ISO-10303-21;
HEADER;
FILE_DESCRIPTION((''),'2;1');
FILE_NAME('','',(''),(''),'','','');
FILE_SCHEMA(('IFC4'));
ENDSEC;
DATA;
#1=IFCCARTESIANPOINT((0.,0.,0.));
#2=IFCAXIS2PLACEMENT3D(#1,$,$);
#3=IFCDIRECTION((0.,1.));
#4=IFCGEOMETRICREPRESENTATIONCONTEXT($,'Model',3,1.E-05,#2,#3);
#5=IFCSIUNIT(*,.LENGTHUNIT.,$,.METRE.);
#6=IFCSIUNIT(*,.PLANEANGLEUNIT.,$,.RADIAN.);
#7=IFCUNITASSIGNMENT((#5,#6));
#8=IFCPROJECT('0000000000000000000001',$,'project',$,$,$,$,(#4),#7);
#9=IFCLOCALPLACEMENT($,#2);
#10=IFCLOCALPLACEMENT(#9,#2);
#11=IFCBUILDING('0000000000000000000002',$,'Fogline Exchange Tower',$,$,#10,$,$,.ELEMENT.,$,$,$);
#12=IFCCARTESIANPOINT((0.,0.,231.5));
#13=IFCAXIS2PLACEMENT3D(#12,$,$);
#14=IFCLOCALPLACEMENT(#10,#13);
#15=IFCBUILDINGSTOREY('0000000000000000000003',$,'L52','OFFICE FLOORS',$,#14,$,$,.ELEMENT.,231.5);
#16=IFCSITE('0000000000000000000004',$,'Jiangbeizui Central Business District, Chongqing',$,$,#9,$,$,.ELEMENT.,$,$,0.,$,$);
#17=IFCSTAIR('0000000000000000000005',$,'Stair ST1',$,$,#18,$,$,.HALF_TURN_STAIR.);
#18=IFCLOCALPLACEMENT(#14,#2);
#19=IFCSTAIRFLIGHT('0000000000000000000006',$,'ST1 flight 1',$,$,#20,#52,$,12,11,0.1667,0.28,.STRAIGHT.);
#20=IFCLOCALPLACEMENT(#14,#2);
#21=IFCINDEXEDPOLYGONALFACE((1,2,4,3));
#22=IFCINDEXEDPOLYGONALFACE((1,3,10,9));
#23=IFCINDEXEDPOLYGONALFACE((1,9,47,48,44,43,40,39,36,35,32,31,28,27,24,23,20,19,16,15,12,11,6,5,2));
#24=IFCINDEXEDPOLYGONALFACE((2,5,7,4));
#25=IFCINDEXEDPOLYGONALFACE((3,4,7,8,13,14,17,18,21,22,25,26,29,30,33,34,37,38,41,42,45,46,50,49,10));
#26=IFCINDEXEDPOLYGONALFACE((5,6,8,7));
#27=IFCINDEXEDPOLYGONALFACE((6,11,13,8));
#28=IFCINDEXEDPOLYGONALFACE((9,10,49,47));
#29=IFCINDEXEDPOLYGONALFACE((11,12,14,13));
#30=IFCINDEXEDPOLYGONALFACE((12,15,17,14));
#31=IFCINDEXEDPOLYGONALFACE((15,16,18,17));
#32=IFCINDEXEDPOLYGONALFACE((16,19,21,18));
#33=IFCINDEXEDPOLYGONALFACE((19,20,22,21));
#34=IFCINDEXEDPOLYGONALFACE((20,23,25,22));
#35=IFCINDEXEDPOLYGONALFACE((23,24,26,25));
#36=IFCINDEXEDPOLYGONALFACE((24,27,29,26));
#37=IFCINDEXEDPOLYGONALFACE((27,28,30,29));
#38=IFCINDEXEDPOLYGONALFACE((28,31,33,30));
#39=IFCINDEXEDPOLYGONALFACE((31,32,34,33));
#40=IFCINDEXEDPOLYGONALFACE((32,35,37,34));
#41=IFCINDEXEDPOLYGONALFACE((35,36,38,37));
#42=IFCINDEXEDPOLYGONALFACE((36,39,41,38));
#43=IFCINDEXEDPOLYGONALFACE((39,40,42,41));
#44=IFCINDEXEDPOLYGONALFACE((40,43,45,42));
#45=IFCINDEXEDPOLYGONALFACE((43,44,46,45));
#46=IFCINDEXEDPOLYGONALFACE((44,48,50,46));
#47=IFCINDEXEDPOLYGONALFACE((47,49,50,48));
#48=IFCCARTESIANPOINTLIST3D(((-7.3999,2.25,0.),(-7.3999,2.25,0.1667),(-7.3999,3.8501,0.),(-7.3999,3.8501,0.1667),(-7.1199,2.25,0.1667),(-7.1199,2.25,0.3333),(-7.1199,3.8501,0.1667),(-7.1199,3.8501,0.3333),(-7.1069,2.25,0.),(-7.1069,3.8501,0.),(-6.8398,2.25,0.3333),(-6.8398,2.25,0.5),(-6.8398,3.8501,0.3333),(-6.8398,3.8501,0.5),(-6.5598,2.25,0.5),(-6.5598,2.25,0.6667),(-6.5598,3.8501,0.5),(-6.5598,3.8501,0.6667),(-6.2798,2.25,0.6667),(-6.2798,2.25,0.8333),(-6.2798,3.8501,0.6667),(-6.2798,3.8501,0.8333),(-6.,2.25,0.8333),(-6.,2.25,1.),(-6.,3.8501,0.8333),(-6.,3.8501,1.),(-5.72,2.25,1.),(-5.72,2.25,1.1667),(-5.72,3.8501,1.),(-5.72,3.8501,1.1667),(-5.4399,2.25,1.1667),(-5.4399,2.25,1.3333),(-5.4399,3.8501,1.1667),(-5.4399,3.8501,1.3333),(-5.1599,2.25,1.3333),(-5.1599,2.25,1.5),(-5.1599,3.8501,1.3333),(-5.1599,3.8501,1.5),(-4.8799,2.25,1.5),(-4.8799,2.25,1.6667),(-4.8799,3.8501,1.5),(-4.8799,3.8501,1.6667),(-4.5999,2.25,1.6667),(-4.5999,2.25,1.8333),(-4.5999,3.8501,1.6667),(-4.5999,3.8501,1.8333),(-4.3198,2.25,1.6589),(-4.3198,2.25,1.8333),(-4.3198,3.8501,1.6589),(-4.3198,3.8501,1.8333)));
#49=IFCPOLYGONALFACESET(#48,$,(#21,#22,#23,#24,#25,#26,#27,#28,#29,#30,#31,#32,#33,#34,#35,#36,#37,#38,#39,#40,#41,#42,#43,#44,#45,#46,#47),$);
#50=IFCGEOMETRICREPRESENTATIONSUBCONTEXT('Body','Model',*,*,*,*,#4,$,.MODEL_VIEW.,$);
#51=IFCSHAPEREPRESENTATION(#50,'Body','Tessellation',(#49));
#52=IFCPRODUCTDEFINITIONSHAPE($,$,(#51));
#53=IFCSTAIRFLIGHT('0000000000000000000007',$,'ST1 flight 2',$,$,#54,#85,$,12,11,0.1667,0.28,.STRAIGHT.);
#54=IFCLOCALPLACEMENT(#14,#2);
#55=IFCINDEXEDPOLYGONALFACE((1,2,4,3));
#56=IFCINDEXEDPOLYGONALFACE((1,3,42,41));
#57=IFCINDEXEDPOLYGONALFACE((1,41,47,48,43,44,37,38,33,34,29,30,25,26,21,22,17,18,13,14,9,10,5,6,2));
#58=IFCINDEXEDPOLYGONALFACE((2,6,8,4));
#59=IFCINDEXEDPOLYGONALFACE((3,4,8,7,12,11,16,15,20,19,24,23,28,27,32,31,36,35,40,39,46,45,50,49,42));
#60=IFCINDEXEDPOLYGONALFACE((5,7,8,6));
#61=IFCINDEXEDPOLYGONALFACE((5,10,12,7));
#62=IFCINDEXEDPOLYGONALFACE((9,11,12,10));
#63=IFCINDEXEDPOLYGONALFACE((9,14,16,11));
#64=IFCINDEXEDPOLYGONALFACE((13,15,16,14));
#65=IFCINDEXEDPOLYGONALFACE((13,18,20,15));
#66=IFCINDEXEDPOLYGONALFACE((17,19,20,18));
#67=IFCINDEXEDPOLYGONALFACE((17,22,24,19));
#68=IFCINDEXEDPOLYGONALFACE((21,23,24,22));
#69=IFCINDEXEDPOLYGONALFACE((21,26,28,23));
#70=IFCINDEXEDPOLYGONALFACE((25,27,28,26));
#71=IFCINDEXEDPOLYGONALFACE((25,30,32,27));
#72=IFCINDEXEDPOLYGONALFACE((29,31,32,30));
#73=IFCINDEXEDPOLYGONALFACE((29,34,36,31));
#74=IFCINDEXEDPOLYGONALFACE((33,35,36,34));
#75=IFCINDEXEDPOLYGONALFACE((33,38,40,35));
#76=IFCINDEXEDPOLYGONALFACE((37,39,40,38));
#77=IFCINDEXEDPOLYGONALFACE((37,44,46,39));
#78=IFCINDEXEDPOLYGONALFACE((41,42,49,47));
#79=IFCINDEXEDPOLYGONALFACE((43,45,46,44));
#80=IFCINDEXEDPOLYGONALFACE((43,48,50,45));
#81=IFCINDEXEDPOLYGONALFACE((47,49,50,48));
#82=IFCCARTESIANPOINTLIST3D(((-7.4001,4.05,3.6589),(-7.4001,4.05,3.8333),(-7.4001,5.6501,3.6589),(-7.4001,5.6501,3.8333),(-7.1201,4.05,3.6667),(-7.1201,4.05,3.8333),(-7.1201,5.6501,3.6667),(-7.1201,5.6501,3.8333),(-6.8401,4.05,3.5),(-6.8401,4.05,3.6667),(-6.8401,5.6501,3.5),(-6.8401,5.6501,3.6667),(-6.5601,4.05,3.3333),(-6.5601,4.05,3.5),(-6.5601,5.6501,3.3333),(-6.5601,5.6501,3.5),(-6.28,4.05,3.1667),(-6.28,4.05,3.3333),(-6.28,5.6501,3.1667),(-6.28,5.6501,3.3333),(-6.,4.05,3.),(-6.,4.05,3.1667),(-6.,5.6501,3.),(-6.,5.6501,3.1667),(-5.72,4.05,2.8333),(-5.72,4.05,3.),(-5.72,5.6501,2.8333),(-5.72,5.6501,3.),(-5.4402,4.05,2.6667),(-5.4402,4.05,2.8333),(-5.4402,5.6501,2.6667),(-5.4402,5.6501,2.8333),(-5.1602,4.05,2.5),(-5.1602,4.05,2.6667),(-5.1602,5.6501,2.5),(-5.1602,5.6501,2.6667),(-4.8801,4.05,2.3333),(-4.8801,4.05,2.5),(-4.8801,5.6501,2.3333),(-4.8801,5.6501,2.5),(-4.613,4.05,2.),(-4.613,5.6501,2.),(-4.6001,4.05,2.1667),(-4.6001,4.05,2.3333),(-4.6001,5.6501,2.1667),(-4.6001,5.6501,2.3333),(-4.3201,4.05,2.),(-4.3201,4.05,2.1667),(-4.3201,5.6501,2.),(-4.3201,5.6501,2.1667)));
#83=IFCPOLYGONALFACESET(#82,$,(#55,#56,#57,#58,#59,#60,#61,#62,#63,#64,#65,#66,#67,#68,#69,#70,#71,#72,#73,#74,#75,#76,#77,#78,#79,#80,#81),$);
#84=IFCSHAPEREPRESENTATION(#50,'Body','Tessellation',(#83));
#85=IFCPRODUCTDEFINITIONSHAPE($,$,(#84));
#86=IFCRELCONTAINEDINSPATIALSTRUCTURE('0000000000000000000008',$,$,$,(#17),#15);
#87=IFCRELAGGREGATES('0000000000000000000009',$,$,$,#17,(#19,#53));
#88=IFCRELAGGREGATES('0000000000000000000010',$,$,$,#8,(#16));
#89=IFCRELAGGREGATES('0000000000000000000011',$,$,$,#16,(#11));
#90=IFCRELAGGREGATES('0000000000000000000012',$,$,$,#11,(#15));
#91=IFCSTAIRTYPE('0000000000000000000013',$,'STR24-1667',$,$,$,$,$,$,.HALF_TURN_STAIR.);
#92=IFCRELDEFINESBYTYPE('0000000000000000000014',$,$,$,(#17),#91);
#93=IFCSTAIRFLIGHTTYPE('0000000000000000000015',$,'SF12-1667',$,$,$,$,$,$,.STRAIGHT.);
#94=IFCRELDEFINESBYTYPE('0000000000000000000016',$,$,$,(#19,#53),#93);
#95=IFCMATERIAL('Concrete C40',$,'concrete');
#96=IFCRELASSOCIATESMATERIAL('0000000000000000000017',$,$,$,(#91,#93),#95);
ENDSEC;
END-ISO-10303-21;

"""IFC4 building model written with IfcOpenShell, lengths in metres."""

from ifc_helpers import new_model, si_unit, direction, frame, origin, place, context, subcontext, project, spatial, polyline, outline, extrude, material, type_object, element, aggregate, save


model = new_model("IFC4")

# Units and contexts
model_context = context("Model", 3, precision=1e-05, world=origin(), true_north=direction((0.0, 1.0)))
body_context = subcontext(model_context, "Body", "Model", "MODEL_VIEW")
ifc_project = project(units=[si_unit("LENGTHUNIT", "METRE"), si_unit("PLANEANGLEUNIT", "RADIAN")], contexts=[model_context])

# Site, building, storey
site_placement = place(None, origin())
site = spatial("IfcSite", under=ifc_project, at=site_placement, Name="Jiangbeizui Central Business District, Chongqing", CompositionType="ELEMENT", RefElevation=0.0)
building_placement = place(site_placement, origin())
building = spatial("IfcBuilding", under=site, at=building_placement, Name="Fogline Exchange Tower", CompositionType="ELEMENT")
storey_placement = place(building_placement, frame((0.0, 0.0, 231.5)))
storey = spatial("IfcBuildingStorey", under=building, at=storey_placement, Name="L52", Description="OFFICE FLOORS", CompositionType="ELEMENT", Elevation=231.5)

# Shared definitions
ifc_material_1 = material(Name="Concrete C40", Category="concrete")

# Stair, stair flights
stair_type = type_object("IfcStairType", Name="STR24-1667", PredefinedType="HALF_TURN_STAIR", material=ifc_material_1)
stair_placement = place(storey_placement, origin())
stair = element("IfcStair", 1, at=stair_placement, inside=storey, type_object=stair_type, Name="Stair ST1", PredefinedType="HALF_TURN_STAIR")
stair_flight_type = type_object("IfcStairFlightType", Name="SF12-1667", PredefinedType="STRAIGHT", material=ifc_material_1)
stair_flight_1_placement = place(storey_placement, frame((-7.3999, 3.05, 0.0), z_axis=(0.0, 0.0, 1.0), x_axis=(1.0, 0.0, 0.0)))
stair_flight_1 = element("IfcStairFlight", 2, at=stair_flight_1_placement, type_object=stair_flight_type, Name="ST1 flight 1", NumberOfRisers=12, NumberOfTreads=11, PredefinedType="STRAIGHT", RiserHeight=0.1667, TreadLength=0.28, context=body_context, shape_type="SweptSolid", body=[
    extrude(outline(polyline([(0.0, 0.0), (0.0, 0.1667), (0.28, 0.1667), (0.28, 0.3333), (0.5601, 0.3333), (0.5601, 0.5), (0.8401, 0.5), (0.8401, 0.6667), (1.1201, 0.6667), (1.1201, 0.8333), (1.3999, 0.8333), (1.3999, 1.0), (1.6799, 1.0), (1.6799, 1.1667), (1.96, 1.1667), (1.96, 1.3333), (2.24, 1.3333), (2.24, 1.5), (2.52, 1.5), (2.52, 1.6667), (2.8, 1.6667), (2.8, 1.8333), (3.0801, 1.8333), (3.0801, 2.0), (3.0801, 1.6589), (0.293, 0.0), (0.0, 0.0)])), frame((0.0, 0.8, 0.0), z_axis=(0.0, -1.0, 0.0), x_axis=(1.0, 0.0, 0.0)), (0.0, 0.0, 1.0), 1.6001),
])
stair_flight_2_placement = place(storey_placement, frame((-4.3201, 4.8501, 2.0), z_axis=(0.0, 0.0, 1.0), x_axis=(-1.0, 0.0, 0.0)))
stair_flight_2 = element("IfcStairFlight", 3, at=stair_flight_2_placement, type_object=stair_flight_type, Name="ST1 flight 2", NumberOfRisers=12, NumberOfTreads=11, PredefinedType="STRAIGHT", RiserHeight=0.1667, TreadLength=0.28, context=body_context, shape_type="SweptSolid", body=[
    extrude(outline(polyline([(0.0, 0.0), (0.0, 0.1667), (0.28, 0.1667), (0.28, 0.3333), (0.5601, 0.3333), (0.5601, 0.5), (0.8401, 0.5), (0.8401, 0.6667), (1.1201, 0.6667), (1.1201, 0.8333), (1.3999, 0.8333), (1.3999, 1.0), (1.6799, 1.0), (1.6799, 1.1667), (1.96, 1.1667), (1.96, 1.3333), (2.24, 1.3333), (2.24, 1.5), (2.52, 1.5), (2.52, 1.6667), (2.8, 1.6667), (2.8, 1.8333), (3.0801, 1.8333), (3.0801, 2.0), (3.0801, 1.6589), (0.293, 0.0), (0.0, 0.0)])), frame((0.0, 0.8, 0.0), z_axis=(0.0, -1.0, 0.0), x_axis=(1.0, 0.0, 0.0)), (0.0, 0.0, 1.0), 1.6001),
])
aggregate(stair, [stair_flight_1, stair_flight_2])

save(model, "model.ifc")
